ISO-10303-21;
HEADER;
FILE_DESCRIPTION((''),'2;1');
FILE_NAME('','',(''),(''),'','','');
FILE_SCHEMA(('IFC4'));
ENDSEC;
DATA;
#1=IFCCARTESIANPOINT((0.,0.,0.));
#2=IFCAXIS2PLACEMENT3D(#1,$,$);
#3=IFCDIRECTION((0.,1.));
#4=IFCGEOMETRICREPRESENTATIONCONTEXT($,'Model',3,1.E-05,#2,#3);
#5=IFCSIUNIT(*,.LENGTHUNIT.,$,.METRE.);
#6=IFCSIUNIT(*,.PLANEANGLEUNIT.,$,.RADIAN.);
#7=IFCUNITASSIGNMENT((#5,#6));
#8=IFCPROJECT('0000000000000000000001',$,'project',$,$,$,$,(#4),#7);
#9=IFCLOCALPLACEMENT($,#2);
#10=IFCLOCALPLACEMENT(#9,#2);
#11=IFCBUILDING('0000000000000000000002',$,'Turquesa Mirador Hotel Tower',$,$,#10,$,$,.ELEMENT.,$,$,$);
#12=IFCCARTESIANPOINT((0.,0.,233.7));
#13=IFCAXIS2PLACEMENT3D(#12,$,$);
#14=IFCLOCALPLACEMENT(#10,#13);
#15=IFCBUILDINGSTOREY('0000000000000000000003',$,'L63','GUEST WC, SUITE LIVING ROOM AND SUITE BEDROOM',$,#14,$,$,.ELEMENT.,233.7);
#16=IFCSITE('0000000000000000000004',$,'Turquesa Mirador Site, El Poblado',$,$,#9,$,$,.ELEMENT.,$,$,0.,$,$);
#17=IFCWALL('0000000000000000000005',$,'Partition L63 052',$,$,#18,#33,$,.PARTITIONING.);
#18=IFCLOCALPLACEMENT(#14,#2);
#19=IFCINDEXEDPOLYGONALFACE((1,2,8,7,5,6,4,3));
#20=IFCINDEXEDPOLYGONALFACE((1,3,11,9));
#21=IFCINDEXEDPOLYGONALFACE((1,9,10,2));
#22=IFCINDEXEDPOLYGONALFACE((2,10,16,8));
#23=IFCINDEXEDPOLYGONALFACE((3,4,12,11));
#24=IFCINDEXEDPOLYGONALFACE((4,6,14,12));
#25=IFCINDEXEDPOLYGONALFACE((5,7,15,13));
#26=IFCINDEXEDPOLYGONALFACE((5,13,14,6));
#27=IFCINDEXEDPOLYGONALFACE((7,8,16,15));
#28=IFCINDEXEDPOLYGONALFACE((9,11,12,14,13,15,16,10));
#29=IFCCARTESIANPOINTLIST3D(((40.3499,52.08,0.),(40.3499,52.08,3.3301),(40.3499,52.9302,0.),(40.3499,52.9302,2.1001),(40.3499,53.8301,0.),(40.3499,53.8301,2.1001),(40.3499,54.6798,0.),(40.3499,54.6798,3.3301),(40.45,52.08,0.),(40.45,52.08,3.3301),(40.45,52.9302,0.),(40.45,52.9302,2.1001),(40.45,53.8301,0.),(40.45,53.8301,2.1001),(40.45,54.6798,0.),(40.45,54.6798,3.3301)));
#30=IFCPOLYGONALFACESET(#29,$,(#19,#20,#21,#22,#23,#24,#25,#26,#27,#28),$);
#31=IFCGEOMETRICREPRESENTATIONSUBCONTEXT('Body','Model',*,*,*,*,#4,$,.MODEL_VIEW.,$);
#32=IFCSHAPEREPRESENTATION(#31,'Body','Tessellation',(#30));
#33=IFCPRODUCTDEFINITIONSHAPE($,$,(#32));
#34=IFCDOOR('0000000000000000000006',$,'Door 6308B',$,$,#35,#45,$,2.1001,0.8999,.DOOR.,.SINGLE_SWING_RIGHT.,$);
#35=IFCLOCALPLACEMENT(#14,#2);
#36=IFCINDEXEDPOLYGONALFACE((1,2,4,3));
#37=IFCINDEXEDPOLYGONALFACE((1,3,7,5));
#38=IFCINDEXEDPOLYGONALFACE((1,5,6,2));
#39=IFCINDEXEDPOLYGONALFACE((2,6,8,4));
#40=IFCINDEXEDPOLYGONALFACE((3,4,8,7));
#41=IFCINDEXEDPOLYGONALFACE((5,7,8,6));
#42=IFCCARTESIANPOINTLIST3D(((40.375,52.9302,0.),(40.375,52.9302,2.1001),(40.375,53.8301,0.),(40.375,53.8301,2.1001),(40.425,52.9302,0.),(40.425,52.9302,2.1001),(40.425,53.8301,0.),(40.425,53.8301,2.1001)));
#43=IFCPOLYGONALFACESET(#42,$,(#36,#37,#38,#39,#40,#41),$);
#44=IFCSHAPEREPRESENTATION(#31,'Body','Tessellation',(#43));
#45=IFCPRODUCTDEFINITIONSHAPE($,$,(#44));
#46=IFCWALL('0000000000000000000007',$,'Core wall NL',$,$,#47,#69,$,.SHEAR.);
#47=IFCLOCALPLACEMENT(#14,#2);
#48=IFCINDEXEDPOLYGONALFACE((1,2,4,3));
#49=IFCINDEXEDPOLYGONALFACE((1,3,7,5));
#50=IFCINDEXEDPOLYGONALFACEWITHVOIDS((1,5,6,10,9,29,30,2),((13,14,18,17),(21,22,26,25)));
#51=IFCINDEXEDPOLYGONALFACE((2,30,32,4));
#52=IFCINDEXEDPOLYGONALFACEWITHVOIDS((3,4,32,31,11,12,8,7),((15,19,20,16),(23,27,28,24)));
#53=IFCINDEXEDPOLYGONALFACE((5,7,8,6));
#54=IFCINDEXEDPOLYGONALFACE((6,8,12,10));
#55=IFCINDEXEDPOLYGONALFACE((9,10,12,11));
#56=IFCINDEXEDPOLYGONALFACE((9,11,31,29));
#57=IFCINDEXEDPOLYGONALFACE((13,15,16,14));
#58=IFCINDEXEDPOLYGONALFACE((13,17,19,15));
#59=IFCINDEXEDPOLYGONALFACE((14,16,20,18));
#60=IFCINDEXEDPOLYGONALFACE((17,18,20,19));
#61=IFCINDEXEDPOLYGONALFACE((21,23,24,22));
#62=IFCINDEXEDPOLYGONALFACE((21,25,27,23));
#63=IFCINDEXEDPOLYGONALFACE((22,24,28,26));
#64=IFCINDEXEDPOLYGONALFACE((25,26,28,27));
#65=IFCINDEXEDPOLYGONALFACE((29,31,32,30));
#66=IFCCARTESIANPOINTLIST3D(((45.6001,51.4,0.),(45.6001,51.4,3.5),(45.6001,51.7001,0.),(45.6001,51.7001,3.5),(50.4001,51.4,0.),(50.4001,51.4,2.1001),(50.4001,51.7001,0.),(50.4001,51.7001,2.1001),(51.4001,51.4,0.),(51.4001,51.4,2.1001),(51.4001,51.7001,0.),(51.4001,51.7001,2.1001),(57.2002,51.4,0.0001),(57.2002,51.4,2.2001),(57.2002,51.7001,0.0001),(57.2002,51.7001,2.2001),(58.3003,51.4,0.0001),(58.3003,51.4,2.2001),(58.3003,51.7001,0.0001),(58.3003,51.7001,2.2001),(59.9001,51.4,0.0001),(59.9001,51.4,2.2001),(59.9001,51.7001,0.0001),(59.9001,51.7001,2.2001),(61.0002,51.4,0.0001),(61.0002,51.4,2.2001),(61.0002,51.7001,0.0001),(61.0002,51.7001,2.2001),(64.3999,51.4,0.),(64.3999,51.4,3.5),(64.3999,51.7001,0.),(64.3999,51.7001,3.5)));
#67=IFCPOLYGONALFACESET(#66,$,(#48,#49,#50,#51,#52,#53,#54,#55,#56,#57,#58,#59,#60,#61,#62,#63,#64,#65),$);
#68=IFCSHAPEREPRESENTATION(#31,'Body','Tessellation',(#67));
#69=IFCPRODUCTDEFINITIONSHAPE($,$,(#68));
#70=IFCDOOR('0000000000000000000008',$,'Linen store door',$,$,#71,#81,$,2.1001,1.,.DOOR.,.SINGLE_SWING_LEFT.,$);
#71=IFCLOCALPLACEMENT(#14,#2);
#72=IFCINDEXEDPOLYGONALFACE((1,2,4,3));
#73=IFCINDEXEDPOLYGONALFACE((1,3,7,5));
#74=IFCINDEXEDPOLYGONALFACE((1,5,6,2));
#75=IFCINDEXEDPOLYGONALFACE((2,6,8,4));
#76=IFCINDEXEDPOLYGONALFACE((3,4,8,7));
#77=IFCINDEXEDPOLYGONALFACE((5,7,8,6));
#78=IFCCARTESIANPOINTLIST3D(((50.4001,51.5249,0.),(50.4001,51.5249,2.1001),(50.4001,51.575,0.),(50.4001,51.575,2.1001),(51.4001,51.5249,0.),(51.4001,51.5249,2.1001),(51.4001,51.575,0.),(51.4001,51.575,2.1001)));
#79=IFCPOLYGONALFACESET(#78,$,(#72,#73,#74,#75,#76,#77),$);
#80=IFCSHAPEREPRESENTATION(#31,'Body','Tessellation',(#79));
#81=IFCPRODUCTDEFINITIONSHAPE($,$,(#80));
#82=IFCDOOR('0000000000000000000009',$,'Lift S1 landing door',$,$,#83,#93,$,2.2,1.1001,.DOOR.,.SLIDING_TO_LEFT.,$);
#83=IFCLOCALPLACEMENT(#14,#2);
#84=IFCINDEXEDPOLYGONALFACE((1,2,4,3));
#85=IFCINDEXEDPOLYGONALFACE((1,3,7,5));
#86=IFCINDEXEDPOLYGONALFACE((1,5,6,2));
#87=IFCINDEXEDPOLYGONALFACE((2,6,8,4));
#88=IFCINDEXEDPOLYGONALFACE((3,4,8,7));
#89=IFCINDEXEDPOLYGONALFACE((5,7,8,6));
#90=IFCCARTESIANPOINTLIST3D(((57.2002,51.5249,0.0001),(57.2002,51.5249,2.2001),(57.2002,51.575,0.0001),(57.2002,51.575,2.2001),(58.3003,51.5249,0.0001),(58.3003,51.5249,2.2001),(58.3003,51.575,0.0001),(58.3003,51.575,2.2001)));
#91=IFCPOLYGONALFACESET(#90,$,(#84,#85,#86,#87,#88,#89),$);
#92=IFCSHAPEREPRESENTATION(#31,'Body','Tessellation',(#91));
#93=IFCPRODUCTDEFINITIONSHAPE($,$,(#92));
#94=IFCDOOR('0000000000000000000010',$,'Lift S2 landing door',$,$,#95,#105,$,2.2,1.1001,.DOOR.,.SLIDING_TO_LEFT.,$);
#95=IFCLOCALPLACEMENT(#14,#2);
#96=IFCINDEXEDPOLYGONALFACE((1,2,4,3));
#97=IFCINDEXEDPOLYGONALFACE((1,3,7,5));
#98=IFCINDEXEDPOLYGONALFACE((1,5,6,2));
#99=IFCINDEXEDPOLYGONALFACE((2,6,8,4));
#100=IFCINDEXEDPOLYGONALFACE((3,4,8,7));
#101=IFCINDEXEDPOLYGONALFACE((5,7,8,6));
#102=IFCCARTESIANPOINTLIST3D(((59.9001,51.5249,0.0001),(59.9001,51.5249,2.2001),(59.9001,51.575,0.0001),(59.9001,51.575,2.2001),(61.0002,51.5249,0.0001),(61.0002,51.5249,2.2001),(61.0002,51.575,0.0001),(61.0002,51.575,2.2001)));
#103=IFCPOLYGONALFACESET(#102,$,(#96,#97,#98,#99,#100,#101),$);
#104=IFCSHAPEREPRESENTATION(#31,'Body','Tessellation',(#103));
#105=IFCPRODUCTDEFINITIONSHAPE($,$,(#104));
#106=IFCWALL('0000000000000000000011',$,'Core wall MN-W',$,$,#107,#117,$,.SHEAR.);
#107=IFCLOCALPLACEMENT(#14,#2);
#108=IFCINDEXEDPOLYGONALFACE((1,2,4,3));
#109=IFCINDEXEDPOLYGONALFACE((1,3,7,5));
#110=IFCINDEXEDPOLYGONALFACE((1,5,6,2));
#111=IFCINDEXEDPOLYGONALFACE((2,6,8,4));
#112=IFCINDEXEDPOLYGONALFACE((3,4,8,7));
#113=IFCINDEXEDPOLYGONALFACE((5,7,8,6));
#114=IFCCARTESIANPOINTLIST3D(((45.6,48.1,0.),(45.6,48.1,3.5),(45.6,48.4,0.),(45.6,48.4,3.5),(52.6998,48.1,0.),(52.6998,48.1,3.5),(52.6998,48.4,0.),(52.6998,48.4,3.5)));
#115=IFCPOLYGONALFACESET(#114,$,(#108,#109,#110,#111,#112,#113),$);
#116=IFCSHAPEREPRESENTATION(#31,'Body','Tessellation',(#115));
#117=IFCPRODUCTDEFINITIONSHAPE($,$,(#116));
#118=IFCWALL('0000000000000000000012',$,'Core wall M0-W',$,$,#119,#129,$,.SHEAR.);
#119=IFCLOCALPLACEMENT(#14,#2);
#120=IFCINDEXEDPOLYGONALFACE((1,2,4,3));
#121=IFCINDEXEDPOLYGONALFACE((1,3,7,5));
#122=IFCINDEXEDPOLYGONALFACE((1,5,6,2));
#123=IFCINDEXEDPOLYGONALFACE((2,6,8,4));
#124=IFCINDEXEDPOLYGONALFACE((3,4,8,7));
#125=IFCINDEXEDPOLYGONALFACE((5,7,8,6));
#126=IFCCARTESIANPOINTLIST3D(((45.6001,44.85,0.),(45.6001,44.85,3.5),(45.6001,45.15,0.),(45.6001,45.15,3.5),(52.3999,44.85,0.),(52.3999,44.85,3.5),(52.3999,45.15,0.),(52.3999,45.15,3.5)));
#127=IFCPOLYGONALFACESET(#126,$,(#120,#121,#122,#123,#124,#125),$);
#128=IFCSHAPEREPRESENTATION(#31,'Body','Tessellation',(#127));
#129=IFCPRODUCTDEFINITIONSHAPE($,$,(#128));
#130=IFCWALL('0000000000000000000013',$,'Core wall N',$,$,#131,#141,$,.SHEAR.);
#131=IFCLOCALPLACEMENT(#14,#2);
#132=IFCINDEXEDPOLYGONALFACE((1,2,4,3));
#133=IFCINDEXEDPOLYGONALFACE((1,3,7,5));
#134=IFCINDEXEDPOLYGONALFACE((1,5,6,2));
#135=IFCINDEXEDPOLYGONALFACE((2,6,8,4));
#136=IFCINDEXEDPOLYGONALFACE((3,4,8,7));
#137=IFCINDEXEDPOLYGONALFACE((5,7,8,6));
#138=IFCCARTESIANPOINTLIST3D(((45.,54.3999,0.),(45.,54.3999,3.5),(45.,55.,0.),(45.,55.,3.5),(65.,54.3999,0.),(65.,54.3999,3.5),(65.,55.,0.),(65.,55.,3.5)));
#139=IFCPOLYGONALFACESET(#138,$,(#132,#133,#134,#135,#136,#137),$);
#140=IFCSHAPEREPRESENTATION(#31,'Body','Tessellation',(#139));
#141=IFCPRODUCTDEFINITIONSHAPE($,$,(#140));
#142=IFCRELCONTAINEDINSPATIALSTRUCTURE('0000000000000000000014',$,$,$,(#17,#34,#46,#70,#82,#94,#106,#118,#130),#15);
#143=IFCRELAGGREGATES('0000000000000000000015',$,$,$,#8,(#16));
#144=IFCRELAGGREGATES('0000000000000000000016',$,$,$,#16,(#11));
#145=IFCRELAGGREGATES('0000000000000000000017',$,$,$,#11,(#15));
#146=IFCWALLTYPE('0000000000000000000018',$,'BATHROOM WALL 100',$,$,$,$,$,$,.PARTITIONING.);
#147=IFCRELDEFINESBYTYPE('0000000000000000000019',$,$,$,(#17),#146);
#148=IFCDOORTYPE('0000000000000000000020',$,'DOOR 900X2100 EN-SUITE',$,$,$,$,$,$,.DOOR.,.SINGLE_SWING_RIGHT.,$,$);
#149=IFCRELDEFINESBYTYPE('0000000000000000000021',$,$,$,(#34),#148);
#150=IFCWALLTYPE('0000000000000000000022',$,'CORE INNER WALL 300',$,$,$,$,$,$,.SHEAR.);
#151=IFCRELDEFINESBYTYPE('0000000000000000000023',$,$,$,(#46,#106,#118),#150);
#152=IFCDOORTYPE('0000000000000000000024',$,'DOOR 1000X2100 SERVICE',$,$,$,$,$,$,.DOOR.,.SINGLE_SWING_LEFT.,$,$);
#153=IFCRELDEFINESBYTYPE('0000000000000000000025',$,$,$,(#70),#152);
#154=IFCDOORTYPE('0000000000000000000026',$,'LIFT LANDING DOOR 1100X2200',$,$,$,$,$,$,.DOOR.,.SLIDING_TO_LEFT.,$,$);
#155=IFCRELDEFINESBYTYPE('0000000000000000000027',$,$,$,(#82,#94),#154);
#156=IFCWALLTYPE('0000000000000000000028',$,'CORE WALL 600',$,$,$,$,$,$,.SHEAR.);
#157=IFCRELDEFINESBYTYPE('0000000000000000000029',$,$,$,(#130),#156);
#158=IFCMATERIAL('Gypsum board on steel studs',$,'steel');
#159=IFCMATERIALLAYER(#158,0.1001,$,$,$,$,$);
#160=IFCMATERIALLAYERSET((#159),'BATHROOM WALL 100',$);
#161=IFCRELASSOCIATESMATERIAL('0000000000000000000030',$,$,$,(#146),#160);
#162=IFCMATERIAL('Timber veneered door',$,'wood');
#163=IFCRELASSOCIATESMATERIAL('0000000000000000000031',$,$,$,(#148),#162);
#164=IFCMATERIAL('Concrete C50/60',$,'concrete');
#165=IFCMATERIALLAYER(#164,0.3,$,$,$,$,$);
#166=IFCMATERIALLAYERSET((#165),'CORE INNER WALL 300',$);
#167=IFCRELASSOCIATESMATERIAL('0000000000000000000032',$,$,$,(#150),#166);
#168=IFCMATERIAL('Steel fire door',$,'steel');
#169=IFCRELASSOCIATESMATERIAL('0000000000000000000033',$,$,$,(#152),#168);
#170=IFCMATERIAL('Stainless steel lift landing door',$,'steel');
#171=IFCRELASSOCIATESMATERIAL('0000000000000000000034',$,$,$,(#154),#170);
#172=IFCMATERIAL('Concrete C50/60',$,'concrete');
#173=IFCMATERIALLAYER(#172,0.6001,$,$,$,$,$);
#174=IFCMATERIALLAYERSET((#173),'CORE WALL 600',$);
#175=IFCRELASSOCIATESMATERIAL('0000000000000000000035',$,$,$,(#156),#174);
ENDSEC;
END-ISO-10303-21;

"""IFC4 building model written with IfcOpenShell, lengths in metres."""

from ifc_helpers import new_model, si_unit, direction, frame, frame_2d, origin, place, context, subcontext, project, spatial, rectangle, extrude, material, layer, layer_set, type_object, element, fill, save


model = new_model("IFC4")

# Units and contexts
model_context = context("Model", 3, precision=1e-05, world=origin(), true_north=direction((0.0, 1.0)))
body_context = subcontext(model_context, "Body", "Model", "MODEL_VIEW")
ifc_project = project(units=[si_unit("LENGTHUNIT", "METRE"), si_unit("PLANEANGLEUNIT", "RADIAN")], contexts=[model_context])

# Site, building, storey
site_placement = place(None, origin())
site = spatial("IfcSite", under=ifc_project, at=site_placement, Name="Turquesa Mirador Site, El Poblado", CompositionType="ELEMENT", RefElevation=0.0)
building_placement = place(site_placement, origin())
building = spatial("IfcBuilding", under=site, at=building_placement, Name="Turquesa Mirador Hotel Tower", CompositionType="ELEMENT")
storey_placement = place(building_placement, frame((0.0, 0.0, 233.7)))
storey = spatial("IfcBuildingStorey", under=building, at=storey_placement, Name="L63", Description="GUEST WC, SUITE LIVING ROOM AND SUITE BEDROOM", CompositionType="ELEMENT", Elevation=233.7)

# Shared definitions
ifc_material_1 = material(Name="Gypsum board on steel studs", Category="steel")
ifc_layer_1 = layer(ifc_material_1, 0.1001)
ifc_layer_set_1 = layer_set([ifc_layer_1], Name="BATHROOM WALL 100")
wall_type_1 = type_object("IfcWallType", Name="BATHROOM WALL 100", PredefinedType="PARTITIONING", material=ifc_layer_set_1)

# Wall, opening, door
wall_1_placement = place(storey_placement, frame((40.3999, 52.0801, 0.0), z_axis=(0.0, 0.0, 1.0), x_axis=(0.0, 1.0, 0.0)))
wall_1 = element("IfcWall", 1, at=wall_1_placement, inside=storey, type_object=wall_type_1, Name="Partition L63 052", PredefinedType="PARTITIONING", context=body_context, shape_type="SweptSolid", body=[
    extrude(rectangle(XDim=2.5999, YDim=0.1001, at=frame_2d((1.2998, 0.0))), origin(), (0.0, 0.0, 1.0), 3.3301),
])
opening_1_placement = place(wall_1_placement, frame((0.8501, 0.0, 0.0)))
opening_1 = element("IfcOpeningElement", 2, at=opening_1_placement, cuts=wall_1, PredefinedType="OPENING", context=body_context, shape_type="SweptSolid", body=[
    extrude(rectangle(XDim=0.8999, YDim=2.1001, at=frame_2d((0.45, 1.05))), frame((0.0, 0.0601, 0.0), z_axis=(0.0, -1.0, 0.0), x_axis=(1.0, 0.0, 0.0)), (0.0, 0.0, 1.0), 0.1201),
])
ifc_material_2 = material(Name="Timber veneered door", Category="wood")
door_type_1 = type_object("IfcDoorType", Name="DOOR 900X2100 EN-SUITE", OperationType="SINGLE_SWING_RIGHT", PredefinedType="DOOR", material=ifc_material_2)
door_1_placement = place(opening_1_placement, origin())
door_1 = element("IfcDoor", 3, at=door_1_placement, inside=storey, type_object=door_type_1, Name="Door 6308B", OperationType="SINGLE_SWING_RIGHT", OverallHeight=2.1001, OverallWidth=0.8999, PredefinedType="DOOR", context=body_context, shape_type="SweptSolid", body=[
    extrude(rectangle(XDim=0.8999, YDim=2.1001, at=frame_2d((0.45, 1.05))), frame((0.0, 0.0249, 0.0), z_axis=(0.0, -1.0, 0.0), x_axis=(1.0, 0.0, 0.0)), (0.0, 0.0, 1.0), 0.05),
])
fill(opening_1, door_1)

# Wall, openings, doors
ifc_material_3 = material(Name="Concrete C50/60", Category="concrete")
ifc_layer_2 = layer(ifc_material_3, 0.3)
ifc_layer_set_2 = layer_set([ifc_layer_2], Name="CORE INNER WALL 300")
wall_type_2 = type_object("IfcWallType", Name="CORE INNER WALL 300", PredefinedType="SHEAR", material=ifc_layer_set_2)
wall_2_placement = place(storey_placement, frame((45.6001, 51.55, 0.0), z_axis=(0.0, 0.0, 1.0), x_axis=(1.0, 0.0, 0.0)))
wall_2 = element("IfcWall", 4, at=wall_2_placement, inside=storey, type_object=wall_type_2, Name="Core wall NL", PredefinedType="SHEAR", context=body_context, shape_type="SweptSolid", body=[
    extrude(rectangle(XDim=18.7998, YDim=0.3, at=frame_2d((9.3999, 0.0))), origin(), (0.0, 0.0, 1.0), 3.5),
])
opening_2_placement = place(wall_2_placement, frame((4.8, 0.0, 0.0)))
opening_2 = element("IfcOpeningElement", 5, at=opening_2_placement, cuts=wall_2, PredefinedType="OPENING", context=body_context, shape_type="SweptSolid", body=[
    extrude(rectangle(XDim=1.0, YDim=2.1001, at=frame_2d((0.5, 1.05))), frame((0.0, 0.1599, 0.0), z_axis=(0.0, -1.0, 0.0), x_axis=(1.0, 0.0, 0.0)), (0.0, 0.0, 1.0), 0.3201),
])
opening_3_placement = place(wall_2_placement, frame((11.6001, 0.0, 0.0)))
opening_3 = element("IfcOpeningElement", 6, at=opening_3_placement, cuts=wall_2, PredefinedType="OPENING", context=body_context, shape_type="SweptSolid", body=[
    extrude(rectangle(XDim=1.1001, YDim=2.2, at=frame_2d((0.55, 1.1001))), frame((0.0, 0.1599, 0.0), z_axis=(0.0, -1.0, 0.0), x_axis=(1.0, 0.0, 0.0)), (0.0, 0.0, 1.0), 0.3201),
])
opening_4_placement = place(wall_2_placement, frame((14.3, 0.0, 0.0)))
opening_4 = element("IfcOpeningElement", 7, at=opening_4_placement, cuts=wall_2, PredefinedType="OPENING", context=body_context, shape_type="SweptSolid", body=[
    extrude(rectangle(XDim=1.1001, YDim=2.2, at=frame_2d((0.55, 1.1001))), frame((0.0, 0.1599, 0.0), z_axis=(0.0, -1.0, 0.0), x_axis=(1.0, 0.0, 0.0)), (0.0, 0.0, 1.0), 0.3201),
])
ifc_material_4 = material(Name="Steel fire door", Category="steel")
door_type_2 = type_object("IfcDoorType", Name="DOOR 1000X2100 SERVICE", OperationType="SINGLE_SWING_LEFT", PredefinedType="DOOR", material=ifc_material_4)
door_2_placement = place(opening_2_placement, origin())
door_2 = element("IfcDoor", 8, at=door_2_placement, inside=storey, type_object=door_type_2, Name="Linen store door", OperationType="SINGLE_SWING_LEFT", OverallHeight=2.1001, OverallWidth=1.0, PredefinedType="DOOR", context=body_context, shape_type="SweptSolid", body=[
    extrude(rectangle(XDim=1.0, YDim=2.1001, at=frame_2d((0.5, 1.05))), frame((0.0, 0.0249, 0.0), z_axis=(0.0, -1.0, 0.0), x_axis=(1.0, 0.0, 0.0)), (0.0, 0.0, 1.0), 0.05),
])
fill(opening_2, door_2)
ifc_material_5 = material(Name="Stainless steel lift landing door", Category="steel")
door_type_3 = type_object("IfcDoorType", Name="LIFT LANDING DOOR 1100X2200", OperationType="SLIDING_TO_LEFT", PredefinedType="DOOR", material=ifc_material_5)
door_3_placement = place(opening_3_placement, origin())
door_3 = element("IfcDoor", 9, at=door_3_placement, inside=storey, type_object=door_type_3, Name="Lift S1 landing door", OperationType="SLIDING_TO_LEFT", OverallHeight=2.2, OverallWidth=1.1001, PredefinedType="DOOR", context=body_context, shape_type="SweptSolid", body=[
    extrude(rectangle(XDim=1.1001, YDim=2.2, at=frame_2d((0.55, 1.1001))), frame((0.0, 0.0249, 0.0), z_axis=(0.0, -1.0, 0.0), x_axis=(1.0, 0.0, 0.0)), (0.0, 0.0, 1.0), 0.05),
])
fill(opening_3, door_3)
door_4_placement = place(opening_4_placement, origin())
door_4 = element("IfcDoor", 10, at=door_4_placement, inside=storey, type_object=door_type_3, Name="Lift S2 landing door", OperationType="SLIDING_TO_LEFT", OverallHeight=2.2, OverallWidth=1.1001, PredefinedType="DOOR", context=body_context, shape_type="SweptSolid", body=[
    extrude(rectangle(XDim=1.1001, YDim=2.2, at=frame_2d((0.55, 1.1001))), frame((0.0, 0.0249, 0.0), z_axis=(0.0, -1.0, 0.0), x_axis=(1.0, 0.0, 0.0)), (0.0, 0.0, 1.0), 0.05),
])
fill(opening_4, door_4)

# Walls
wall_3_placement = place(storey_placement, frame((45.6001, 48.25, 0.0), z_axis=(0.0, 0.0, 1.0), x_axis=(1.0, 0.0, 0.0)))
element("IfcWall", 11, at=wall_3_placement, inside=storey, type_object=wall_type_2, Name="Core wall MN-W", PredefinedType="SHEAR", context=body_context, shape_type="SweptSolid", body=[
    extrude(rectangle(XDim=7.0999, YDim=0.3, at=frame_2d((3.5498, 0.0))), origin(), (0.0, 0.0, 1.0), 3.5),
])
wall_4_placement = place(storey_placement, frame((45.6001, 45.0, 0.0), z_axis=(0.0, 0.0, 1.0), x_axis=(1.0, 0.0, 0.0)))
element("IfcWall", 12, at=wall_4_placement, inside=storey, type_object=wall_type_2, Name="Core wall M0-W", PredefinedType="SHEAR", context=body_context, shape_type="SweptSolid", body=[
    extrude(rectangle(XDim=6.7998, YDim=0.3, at=frame_2d((3.3999, 0.0))), origin(), (0.0, 0.0, 1.0), 3.5),
])
ifc_material_6 = material(Name="Concrete C50/60", Category="concrete")
ifc_layer_3 = layer(ifc_material_6, 0.6001)
ifc_layer_set_3 = layer_set([ifc_layer_3], Name="CORE WALL 600")
wall_type_3 = type_object("IfcWallType", Name="CORE WALL 600", PredefinedType="SHEAR", material=ifc_layer_set_3)
wall_5_placement = place(storey_placement, frame((45.0, 54.7, 0.0), z_axis=(0.0, 0.0, 1.0), x_axis=(1.0, 0.0, 0.0)))
element("IfcWall", 13, at=wall_5_placement, inside=storey, type_object=wall_type_3, Name="Core wall N", PredefinedType="SHEAR", context=body_context, shape_type="SweptSolid", body=[
    extrude(rectangle(XDim=20.0, YDim=0.6001, at=frame_2d((10.0, 0.0))), origin(), (0.0, 0.0, 1.0), 3.5),
])

save(model, "model.ifc")
